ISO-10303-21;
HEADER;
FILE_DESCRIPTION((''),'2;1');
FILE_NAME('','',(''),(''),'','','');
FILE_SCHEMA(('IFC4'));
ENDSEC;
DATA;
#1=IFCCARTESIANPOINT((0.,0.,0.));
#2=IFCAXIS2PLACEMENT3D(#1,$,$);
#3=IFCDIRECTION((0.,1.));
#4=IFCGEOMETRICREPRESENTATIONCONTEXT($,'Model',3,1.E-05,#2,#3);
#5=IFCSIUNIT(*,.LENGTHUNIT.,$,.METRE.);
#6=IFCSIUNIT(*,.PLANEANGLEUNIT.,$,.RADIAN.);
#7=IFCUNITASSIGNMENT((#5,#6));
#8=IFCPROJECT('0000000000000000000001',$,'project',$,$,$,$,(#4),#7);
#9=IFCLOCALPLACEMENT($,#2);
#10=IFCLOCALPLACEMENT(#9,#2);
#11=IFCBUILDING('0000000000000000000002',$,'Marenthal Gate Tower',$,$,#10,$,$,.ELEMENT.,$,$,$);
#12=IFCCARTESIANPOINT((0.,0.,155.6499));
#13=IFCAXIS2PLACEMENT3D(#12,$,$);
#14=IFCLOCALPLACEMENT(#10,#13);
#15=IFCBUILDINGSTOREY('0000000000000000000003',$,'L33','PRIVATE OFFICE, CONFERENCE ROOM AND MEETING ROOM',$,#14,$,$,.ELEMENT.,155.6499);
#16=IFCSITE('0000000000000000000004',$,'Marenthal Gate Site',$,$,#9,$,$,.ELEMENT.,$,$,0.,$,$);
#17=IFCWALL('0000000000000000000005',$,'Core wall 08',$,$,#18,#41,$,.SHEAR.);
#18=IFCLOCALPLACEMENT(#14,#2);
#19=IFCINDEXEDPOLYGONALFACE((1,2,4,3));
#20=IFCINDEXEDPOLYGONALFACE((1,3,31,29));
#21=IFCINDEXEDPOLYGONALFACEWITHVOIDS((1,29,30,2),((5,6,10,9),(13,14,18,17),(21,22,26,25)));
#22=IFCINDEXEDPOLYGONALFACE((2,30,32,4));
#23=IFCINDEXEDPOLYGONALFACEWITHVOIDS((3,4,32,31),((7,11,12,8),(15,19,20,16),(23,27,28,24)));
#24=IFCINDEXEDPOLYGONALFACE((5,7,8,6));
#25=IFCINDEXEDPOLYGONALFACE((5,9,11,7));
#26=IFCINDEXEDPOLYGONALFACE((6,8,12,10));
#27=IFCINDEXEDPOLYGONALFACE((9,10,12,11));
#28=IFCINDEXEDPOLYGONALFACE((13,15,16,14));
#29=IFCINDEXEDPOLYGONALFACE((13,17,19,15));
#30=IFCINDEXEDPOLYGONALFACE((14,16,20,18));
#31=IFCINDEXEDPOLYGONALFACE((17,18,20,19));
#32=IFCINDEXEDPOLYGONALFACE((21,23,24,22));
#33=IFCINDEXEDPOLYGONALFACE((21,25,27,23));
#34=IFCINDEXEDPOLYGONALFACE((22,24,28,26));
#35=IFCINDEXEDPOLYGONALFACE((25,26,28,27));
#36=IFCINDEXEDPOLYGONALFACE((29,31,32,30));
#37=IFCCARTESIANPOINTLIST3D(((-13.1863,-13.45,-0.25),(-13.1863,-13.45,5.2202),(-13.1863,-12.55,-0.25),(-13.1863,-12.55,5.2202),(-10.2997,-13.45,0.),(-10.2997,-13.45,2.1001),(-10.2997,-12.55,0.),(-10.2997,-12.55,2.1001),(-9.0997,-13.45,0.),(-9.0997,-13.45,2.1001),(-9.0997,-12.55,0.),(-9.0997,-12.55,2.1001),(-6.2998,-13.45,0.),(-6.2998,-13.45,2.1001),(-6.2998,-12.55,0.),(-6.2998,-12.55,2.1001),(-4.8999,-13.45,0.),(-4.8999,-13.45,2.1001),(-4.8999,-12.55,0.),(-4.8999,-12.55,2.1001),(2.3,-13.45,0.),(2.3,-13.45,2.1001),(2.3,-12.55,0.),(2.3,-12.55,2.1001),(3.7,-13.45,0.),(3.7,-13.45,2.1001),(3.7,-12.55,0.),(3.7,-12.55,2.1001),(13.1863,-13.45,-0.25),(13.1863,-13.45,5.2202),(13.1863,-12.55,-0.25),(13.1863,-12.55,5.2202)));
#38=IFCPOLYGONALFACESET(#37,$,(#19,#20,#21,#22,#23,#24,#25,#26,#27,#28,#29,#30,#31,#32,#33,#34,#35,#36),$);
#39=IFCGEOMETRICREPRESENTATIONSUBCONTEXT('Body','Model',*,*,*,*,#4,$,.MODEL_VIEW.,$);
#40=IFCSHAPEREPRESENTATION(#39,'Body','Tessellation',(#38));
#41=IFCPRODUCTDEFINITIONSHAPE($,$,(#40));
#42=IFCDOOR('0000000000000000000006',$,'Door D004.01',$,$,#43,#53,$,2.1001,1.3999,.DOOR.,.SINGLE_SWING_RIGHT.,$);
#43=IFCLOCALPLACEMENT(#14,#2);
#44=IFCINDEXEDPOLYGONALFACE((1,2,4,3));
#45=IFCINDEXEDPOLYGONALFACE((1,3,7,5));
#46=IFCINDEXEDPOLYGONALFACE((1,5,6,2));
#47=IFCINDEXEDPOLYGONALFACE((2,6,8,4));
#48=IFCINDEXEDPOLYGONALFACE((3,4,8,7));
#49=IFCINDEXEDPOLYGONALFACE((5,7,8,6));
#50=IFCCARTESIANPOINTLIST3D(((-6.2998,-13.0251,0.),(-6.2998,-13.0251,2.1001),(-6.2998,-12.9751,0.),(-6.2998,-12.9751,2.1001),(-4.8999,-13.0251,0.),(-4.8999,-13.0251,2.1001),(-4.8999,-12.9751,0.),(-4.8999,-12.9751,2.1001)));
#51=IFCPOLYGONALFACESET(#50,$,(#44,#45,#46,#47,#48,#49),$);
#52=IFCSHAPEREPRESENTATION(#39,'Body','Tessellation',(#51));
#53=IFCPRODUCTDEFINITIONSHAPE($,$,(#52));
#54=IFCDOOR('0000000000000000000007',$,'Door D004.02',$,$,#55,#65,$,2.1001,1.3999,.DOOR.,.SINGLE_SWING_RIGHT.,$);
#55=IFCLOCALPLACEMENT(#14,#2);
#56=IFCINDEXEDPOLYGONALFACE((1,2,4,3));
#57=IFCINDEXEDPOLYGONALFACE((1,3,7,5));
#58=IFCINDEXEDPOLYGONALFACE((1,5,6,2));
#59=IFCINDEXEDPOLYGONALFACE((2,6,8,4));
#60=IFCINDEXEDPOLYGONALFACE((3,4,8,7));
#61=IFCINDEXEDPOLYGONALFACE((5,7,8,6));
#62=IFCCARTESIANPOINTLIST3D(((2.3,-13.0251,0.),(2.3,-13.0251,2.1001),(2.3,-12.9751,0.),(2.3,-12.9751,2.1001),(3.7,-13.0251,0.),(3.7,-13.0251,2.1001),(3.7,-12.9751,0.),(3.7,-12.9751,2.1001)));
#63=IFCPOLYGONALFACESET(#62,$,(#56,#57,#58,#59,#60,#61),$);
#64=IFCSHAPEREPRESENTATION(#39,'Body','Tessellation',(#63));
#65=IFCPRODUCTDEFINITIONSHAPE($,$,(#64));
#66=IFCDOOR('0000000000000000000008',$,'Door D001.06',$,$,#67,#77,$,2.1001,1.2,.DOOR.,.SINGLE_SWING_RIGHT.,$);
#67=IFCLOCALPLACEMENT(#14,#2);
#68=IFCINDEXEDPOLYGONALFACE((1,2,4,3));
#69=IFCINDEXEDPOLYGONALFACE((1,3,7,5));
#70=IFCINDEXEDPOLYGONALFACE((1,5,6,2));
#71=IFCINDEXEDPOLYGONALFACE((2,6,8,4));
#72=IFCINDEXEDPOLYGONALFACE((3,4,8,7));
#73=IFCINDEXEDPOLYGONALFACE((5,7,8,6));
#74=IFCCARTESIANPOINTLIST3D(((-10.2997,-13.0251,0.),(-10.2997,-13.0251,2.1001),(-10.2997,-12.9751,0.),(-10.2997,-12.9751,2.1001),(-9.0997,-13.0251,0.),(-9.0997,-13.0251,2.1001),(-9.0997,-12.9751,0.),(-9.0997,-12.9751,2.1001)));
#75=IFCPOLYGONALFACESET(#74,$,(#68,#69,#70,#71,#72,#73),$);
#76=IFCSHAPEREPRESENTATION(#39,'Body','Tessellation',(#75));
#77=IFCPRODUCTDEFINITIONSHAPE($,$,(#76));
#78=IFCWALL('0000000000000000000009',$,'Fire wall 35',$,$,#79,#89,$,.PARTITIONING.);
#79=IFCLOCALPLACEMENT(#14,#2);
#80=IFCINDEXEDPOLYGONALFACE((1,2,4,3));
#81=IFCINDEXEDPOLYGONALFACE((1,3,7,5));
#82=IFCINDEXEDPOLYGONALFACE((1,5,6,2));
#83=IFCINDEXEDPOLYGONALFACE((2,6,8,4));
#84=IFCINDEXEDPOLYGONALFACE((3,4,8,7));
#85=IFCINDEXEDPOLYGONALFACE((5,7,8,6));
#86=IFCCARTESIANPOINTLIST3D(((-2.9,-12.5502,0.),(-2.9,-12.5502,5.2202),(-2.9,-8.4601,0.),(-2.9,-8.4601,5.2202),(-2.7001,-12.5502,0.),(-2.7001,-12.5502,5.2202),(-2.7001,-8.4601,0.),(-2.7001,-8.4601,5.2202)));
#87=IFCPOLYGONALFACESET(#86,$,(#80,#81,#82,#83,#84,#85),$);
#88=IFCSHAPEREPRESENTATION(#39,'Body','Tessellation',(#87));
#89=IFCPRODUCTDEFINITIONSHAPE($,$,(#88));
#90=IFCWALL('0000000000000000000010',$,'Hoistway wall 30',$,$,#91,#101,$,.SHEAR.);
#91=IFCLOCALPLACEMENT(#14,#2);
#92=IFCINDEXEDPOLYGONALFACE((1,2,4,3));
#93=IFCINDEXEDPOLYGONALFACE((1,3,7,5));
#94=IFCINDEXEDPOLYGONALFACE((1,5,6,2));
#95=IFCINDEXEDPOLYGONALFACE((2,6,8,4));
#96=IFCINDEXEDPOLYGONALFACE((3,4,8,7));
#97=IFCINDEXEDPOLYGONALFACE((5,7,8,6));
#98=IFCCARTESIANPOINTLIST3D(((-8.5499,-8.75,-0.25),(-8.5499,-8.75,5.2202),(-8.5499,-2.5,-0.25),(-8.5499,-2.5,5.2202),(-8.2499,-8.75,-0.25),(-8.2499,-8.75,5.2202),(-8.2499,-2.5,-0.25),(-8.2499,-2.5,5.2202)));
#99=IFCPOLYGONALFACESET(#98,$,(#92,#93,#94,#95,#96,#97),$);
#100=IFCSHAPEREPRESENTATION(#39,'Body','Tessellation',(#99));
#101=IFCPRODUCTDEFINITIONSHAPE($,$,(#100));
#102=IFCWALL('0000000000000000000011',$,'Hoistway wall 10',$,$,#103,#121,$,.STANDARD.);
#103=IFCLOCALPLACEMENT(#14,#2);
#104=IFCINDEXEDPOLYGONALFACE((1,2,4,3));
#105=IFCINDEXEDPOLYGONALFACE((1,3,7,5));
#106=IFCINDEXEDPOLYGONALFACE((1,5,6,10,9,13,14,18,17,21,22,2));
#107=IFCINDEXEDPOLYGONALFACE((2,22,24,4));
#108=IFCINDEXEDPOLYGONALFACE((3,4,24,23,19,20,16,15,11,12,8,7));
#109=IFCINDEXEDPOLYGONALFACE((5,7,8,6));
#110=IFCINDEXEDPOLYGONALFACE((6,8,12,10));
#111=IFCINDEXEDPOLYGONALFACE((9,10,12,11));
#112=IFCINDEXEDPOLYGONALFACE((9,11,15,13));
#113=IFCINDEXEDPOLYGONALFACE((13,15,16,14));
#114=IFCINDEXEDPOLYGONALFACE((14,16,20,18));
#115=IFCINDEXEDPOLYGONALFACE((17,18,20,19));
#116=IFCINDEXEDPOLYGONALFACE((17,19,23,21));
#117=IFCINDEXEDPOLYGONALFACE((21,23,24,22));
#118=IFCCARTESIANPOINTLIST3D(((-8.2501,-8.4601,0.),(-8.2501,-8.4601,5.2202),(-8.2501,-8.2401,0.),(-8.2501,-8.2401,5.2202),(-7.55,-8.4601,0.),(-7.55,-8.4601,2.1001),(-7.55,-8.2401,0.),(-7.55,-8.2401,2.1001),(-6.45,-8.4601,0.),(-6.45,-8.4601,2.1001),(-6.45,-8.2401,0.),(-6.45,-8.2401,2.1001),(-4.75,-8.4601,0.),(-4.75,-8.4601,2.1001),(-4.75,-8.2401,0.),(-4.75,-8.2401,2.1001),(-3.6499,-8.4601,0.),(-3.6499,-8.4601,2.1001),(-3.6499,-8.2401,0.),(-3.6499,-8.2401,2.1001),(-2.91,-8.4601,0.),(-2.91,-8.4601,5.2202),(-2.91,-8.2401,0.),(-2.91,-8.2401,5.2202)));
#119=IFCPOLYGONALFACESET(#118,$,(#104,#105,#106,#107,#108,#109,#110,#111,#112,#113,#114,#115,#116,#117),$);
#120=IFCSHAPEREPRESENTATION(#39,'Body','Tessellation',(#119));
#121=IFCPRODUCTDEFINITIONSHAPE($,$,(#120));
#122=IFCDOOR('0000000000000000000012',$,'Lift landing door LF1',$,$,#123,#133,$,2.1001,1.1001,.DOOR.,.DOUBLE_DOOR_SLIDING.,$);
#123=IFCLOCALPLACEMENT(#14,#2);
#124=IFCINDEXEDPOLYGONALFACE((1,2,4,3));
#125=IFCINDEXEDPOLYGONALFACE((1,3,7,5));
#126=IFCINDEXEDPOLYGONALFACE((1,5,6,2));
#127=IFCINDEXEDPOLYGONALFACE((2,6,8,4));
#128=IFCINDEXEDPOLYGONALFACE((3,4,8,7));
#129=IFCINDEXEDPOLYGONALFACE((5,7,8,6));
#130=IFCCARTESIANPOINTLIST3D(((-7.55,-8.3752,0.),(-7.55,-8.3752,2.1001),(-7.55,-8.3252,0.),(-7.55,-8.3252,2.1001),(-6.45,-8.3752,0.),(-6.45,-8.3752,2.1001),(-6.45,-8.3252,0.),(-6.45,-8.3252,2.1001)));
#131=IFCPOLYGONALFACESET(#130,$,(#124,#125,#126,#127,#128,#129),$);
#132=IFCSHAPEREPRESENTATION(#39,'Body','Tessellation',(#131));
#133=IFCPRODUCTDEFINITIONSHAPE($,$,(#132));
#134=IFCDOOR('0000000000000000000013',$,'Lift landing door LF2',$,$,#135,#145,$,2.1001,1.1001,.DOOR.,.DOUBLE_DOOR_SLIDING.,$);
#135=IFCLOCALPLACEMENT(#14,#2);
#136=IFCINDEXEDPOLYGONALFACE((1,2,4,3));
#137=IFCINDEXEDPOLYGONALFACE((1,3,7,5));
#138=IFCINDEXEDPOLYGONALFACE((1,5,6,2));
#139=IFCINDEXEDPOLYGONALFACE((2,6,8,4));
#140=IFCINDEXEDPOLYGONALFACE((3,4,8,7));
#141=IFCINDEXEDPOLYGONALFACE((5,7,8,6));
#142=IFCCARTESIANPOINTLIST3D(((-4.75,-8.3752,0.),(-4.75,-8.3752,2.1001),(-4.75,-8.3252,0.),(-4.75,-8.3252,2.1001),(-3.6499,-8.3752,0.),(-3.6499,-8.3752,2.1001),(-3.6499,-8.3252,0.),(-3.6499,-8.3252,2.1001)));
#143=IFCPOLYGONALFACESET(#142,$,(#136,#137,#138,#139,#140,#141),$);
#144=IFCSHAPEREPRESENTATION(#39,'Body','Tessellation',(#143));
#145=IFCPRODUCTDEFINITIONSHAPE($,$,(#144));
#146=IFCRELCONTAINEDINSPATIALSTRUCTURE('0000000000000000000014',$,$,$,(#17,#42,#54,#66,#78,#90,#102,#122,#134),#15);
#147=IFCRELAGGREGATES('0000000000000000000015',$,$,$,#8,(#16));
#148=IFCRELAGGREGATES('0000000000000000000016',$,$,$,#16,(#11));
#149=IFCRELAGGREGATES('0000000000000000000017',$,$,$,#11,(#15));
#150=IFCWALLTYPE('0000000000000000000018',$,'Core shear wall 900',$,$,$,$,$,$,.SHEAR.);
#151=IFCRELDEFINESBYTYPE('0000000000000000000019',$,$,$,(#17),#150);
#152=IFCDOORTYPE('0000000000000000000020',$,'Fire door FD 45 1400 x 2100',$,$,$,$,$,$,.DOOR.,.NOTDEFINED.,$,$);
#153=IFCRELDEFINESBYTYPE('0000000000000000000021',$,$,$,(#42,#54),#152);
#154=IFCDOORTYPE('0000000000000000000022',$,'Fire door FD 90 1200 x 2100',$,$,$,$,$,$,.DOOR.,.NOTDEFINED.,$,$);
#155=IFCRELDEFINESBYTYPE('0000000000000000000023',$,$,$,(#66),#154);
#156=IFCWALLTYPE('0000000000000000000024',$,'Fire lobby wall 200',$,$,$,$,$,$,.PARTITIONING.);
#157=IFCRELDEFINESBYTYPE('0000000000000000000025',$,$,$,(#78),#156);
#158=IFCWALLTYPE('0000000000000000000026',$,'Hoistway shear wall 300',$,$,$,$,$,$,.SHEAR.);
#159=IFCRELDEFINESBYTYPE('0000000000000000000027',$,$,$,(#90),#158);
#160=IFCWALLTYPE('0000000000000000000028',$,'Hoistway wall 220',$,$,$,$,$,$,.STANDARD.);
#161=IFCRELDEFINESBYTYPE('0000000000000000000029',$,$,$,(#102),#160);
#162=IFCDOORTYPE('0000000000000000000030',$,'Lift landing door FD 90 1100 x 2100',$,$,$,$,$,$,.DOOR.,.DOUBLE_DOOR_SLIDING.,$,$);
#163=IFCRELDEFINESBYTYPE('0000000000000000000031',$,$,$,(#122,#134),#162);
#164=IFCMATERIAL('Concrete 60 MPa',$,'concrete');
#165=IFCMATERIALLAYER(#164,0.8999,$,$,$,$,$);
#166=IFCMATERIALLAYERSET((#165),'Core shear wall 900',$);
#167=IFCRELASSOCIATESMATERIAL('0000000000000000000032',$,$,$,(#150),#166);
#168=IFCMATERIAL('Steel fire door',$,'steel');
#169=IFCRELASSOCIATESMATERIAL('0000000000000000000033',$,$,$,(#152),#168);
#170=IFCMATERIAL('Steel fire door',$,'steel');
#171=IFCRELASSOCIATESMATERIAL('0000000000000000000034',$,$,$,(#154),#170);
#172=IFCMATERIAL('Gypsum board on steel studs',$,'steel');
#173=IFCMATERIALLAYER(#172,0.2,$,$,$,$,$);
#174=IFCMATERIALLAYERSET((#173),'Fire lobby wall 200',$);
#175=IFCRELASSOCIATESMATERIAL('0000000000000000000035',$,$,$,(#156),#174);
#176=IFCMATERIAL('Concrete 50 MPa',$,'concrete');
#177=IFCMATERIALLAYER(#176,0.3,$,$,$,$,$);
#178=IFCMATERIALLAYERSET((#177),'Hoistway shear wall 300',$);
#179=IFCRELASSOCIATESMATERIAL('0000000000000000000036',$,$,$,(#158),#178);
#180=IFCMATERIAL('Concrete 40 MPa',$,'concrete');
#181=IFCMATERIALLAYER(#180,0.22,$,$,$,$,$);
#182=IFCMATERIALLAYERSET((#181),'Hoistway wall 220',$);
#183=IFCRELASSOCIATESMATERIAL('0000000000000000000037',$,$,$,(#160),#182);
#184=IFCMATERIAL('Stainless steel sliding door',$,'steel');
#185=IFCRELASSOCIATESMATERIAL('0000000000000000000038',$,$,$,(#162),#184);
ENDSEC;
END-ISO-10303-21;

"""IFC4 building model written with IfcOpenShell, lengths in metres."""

from ifc_helpers import new_model, si_unit, direction, frame, frame_2d, origin, place, context, subcontext, project, spatial, rectangle, extrude, material, layer, layer_set, type_object, element, fill, save


model = new_model("IFC4")

# Units and contexts
model_context = context("Model", 3, precision=1e-05, world=origin(), true_north=direction((0.0, 1.0)))
body_context = subcontext(model_context, "Body", "Model", "MODEL_VIEW")
ifc_project = project(units=[si_unit("LENGTHUNIT", "METRE"), si_unit("PLANEANGLEUNIT", "RADIAN")], contexts=[model_context])

# Site, building, storey
site_placement = place(None, origin())
site = spatial("IfcSite", under=ifc_project, at=site_placement, Name="Marenthal Gate Site", CompositionType="ELEMENT", RefElevation=0.0)
building_placement = place(site_placement, origin())
building = spatial("IfcBuilding", under=site, at=building_placement, Name="Marenthal Gate Tower", CompositionType="ELEMENT")
storey_placement = place(building_placement, frame((0.0, 0.0, 155.6499)))
storey = spatial("IfcBuildingStorey", under=building, at=storey_placement, Name="L33", Description="PRIVATE OFFICE, CONFERENCE ROOM AND MEETING ROOM", CompositionType="ELEMENT", Elevation=155.6499)

# Wall, openings, doors
ifc_material_1 = material(Name="Concrete 60 MPa", Category="concrete")
ifc_layer_1 = layer(ifc_material_1, 0.8999)
ifc_layer_set_1 = layer_set([ifc_layer_1], Name="Core shear wall 900")
wall_type_1 = type_object("IfcWallType", Name="Core shear wall 900", PredefinedType="SHEAR", material=ifc_layer_set_1)
wall_1_placement = place(storey_placement, frame((-13.1863, -13.0, -0.25), z_axis=(0.0, 0.0, 1.0), x_axis=(1.0, 0.0, 0.0)))
wall_1 = element("IfcWall", 1, at=wall_1_placement, inside=storey, type_object=wall_type_1, Name="Core wall 08", PredefinedType="SHEAR", context=body_context, shape_type="SweptSolid", body=[
    extrude(rectangle(XDim=26.3726, YDim=0.8999, at=frame_2d((13.1863, 0.0))), origin(), (0.0, 0.0, 1.0), 5.4702),
])
opening_1_placement = place(wall_1_placement, frame((2.8865, 0.0, 0.25)))
opening_1 = element("IfcOpeningElement", 2, at=opening_1_placement, cuts=wall_1, PredefinedType="OPENING", context=body_context, shape_type="SweptSolid", body=[
    extrude(rectangle(XDim=1.2, YDim=2.1001, at=frame_2d((0.6001, 1.05))), frame((0.0, 0.46, 0.0), z_axis=(0.0, -1.0, 0.0), x_axis=(1.0, 0.0, 0.0)), (0.0, 0.0, 1.0), 0.9199),
])
opening_2_placement = place(wall_1_placement, frame((6.8865, 0.0, 0.25)))
opening_2 = element("IfcOpeningElement", 3, at=opening_2_placement, cuts=wall_1, PredefinedType="OPENING", context=body_context, shape_type="SweptSolid", body=[
    extrude(rectangle(XDim=1.3999, YDim=2.1001, at=frame_2d((0.7, 1.05))), frame((0.0, 0.46, 0.0), z_axis=(0.0, -1.0, 0.0), x_axis=(1.0, 0.0, 0.0)), (0.0, 0.0, 1.0), 0.9199),
])
opening_3_placement = place(wall_1_placement, frame((15.4863, 0.0, 0.25)))
opening_3 = element("IfcOpeningElement", 4, at=opening_3_placement, cuts=wall_1, PredefinedType="OPENING", context=body_context, shape_type="SweptSolid", body=[
    extrude(rectangle(XDim=1.3999, YDim=2.1001, at=frame_2d((0.7, 1.05))), frame((0.0, 0.46, 0.0), z_axis=(0.0, -1.0, 0.0), x_axis=(1.0, 0.0, 0.0)), (0.0, 0.0, 1.0), 0.9199),
])
ifc_material_2 = material(Name="Steel fire door", Category="steel")
door_type_1 = type_object("IfcDoorType", Name="Fire door FD 45 1400 x 2100", OperationType="NOTDEFINED", PredefinedType="DOOR", material=ifc_material_2)
door_1_placement = place(opening_2_placement, origin())
door_1 = element("IfcDoor", 5, at=door_1_placement, inside=storey, type_object=door_type_1, Name="Door D004.01", OperationType="SINGLE_SWING_RIGHT", OverallHeight=2.1001, OverallWidth=1.3999, PredefinedType="DOOR", context=body_context, shape_type="SweptSolid", body=[
    extrude(rectangle(XDim=1.3999, YDim=2.1001, at=frame_2d((0.7, 1.05))), frame((0.0, 0.0249, 0.0), z_axis=(0.0, -1.0, 0.0), x_axis=(1.0, 0.0, 0.0)), (0.0, 0.0, 1.0), 0.05),
])
fill(opening_2, door_1)
door_2_placement = place(opening_3_placement, origin())
door_2 = element("IfcDoor", 6, at=door_2_placement, inside=storey, type_object=door_type_1, Name="Door D004.02", OperationType="SINGLE_SWING_RIGHT", OverallHeight=2.1001, OverallWidth=1.3999, PredefinedType="DOOR", context=body_context, shape_type="SweptSolid", body=[
    extrude(rectangle(XDim=1.3999, YDim=2.1001, at=frame_2d((0.7, 1.05))), frame((0.0, 0.0249, 0.0), z_axis=(0.0, -1.0, 0.0), x_axis=(1.0, 0.0, 0.0)), (0.0, 0.0, 1.0), 0.05),
])
fill(opening_3, door_2)
ifc_material_3 = material(Name="Steel fire door", Category="steel")
door_type_2 = type_object("IfcDoorType", Name="Fire door FD 90 1200 x 2100", OperationType="NOTDEFINED", PredefinedType="DOOR", material=ifc_material_3)
door_3_placement = place(opening_1_placement, origin())
door_3 = element("IfcDoor", 7, at=door_3_placement, inside=storey, type_object=door_type_2, Name="Door D001.06", OperationType="SINGLE_SWING_RIGHT", OverallHeight=2.1001, OverallWidth=1.2, PredefinedType="DOOR", context=body_context, shape_type="SweptSolid", body=[
    extrude(rectangle(XDim=1.2, YDim=2.1001, at=frame_2d((0.6001, 1.05))), frame((0.0, 0.0249, 0.0), z_axis=(0.0, -1.0, 0.0), x_axis=(1.0, 0.0, 0.0)), (0.0, 0.0, 1.0), 0.05),
])
fill(opening_1, door_3)

# Walls
ifc_material_4 = material(Name="Gypsum board on steel studs", Category="steel")
ifc_layer_2 = layer(ifc_material_4, 0.2)
ifc_layer_set_2 = layer_set([ifc_layer_2], Name="Fire lobby wall 200")
wall_type_2 = type_object("IfcWallType", Name="Fire lobby wall 200", PredefinedType="PARTITIONING", material=ifc_layer_set_2)
wall_2_placement = place(storey_placement, frame((-2.8, -12.55, 0.0), z_axis=(0.0, 0.0, 1.0), x_axis=(0.0, 1.0, 0.0)))
element("IfcWall", 8, at=wall_2_placement, inside=storey, type_object=wall_type_2, Name="Fire wall 35", PredefinedType="PARTITIONING", context=body_context, shape_type="SweptSolid", body=[
    extrude(rectangle(XDim=4.0901, YDim=0.2, at=frame_2d((2.0449, 0.0))), origin(), (0.0, 0.0, 1.0), 5.2202),
])
ifc_material_5 = material(Name="Concrete 50 MPa", Category="concrete")
ifc_layer_3 = layer(ifc_material_5, 0.3)
ifc_layer_set_3 = layer_set([ifc_layer_3], Name="Hoistway shear wall 300")
wall_type_3 = type_object("IfcWallType", Name="Hoistway shear wall 300", PredefinedType="SHEAR", material=ifc_layer_set_3)
wall_3_placement = place(storey_placement, frame((-8.3999, -8.75, -0.25), z_axis=(0.0, 0.0, 1.0), x_axis=(0.0, 1.0, 0.0)))
element("IfcWall", 9, at=wall_3_placement, inside=storey, type_object=wall_type_3, Name="Hoistway wall 30", PredefinedType="SHEAR", context=body_context, shape_type="SweptSolid", body=[
    extrude(rectangle(XDim=6.25, YDim=0.3, at=frame_2d((3.125, 0.0))), origin(), (0.0, 0.0, 1.0), 5.4702),
])

# Wall, openings, doors
ifc_material_6 = material(Name="Concrete 40 MPa", Category="concrete")
ifc_layer_4 = layer(ifc_material_6, 0.22)
ifc_layer_set_4 = layer_set([ifc_layer_4], Name="Hoistway wall 220")
wall_type_4 = type_object("IfcWallType", Name="Hoistway wall 220", PredefinedType="STANDARD", material=ifc_layer_set_4)
wall_4_placement = place(storey_placement, frame((-8.25, -8.3501, 0.0), z_axis=(0.0, 0.0, 1.0), x_axis=(1.0, 0.0, 0.0)))
wall_4 = element("IfcWall", 10, at=wall_4_placement, inside=storey, type_object=wall_type_4, Name="Hoistway wall 10", PredefinedType="STANDARD", context=body_context, shape_type="SweptSolid", body=[
    extrude(rectangle(XDim=5.3401, YDim=0.22, at=frame_2d((2.6699, 0.0))), origin(), (0.0, 0.0, 1.0), 5.2202),
])
opening_4_placement = place(wall_4_placement, frame((0.7, 0.0, 0.0)))
opening_4 = element("IfcOpeningElement", 11, at=opening_4_placement, cuts=wall_4, PredefinedType="OPENING", context=body_context, shape_type="SweptSolid", body=[
    extrude(rectangle(XDim=1.1001, YDim=2.1001, at=frame_2d((0.55, 1.05))), frame((0.0, 0.1201, 0.0), z_axis=(0.0, -1.0, 0.0), x_axis=(1.0, 0.0, 0.0)), (0.0, 0.0, 1.0), 0.24),
])
opening_5_placement = place(wall_4_placement, frame((3.5, 0.0, 0.0)))
opening_5 = element("IfcOpeningElement", 12, at=opening_5_placement, cuts=wall_4, PredefinedType="OPENING", context=body_context, shape_type="SweptSolid", body=[
    extrude(rectangle(XDim=1.1001, YDim=2.1001, at=frame_2d((0.55, 1.05))), frame((0.0, 0.1201, 0.0), z_axis=(0.0, -1.0, 0.0), x_axis=(1.0, 0.0, 0.0)), (0.0, 0.0, 1.0), 0.24),
])
ifc_material_7 = material(Name="Stainless steel sliding door", Category="steel")
door_type_3 = type_object("IfcDoorType", Name="Lift landing door FD 90 1100 x 2100", OperationType="DOUBLE_DOOR_SLIDING", PredefinedType="DOOR", material=ifc_material_7)
door_4_placement = place(opening_4_placement, origin())
door_4 = element("IfcDoor", 13, at=door_4_placement, inside=storey, type_object=door_type_3, Name="Lift landing door LF1", OperationType="DOUBLE_DOOR_SLIDING", OverallHeight=2.1001, OverallWidth=1.1001, PredefinedType="DOOR", context=body_context, shape_type="SweptSolid", body=[
    extrude(rectangle(XDim=1.1001, YDim=2.1001, at=frame_2d((0.55, 1.05))), frame((0.0, 0.0249, 0.0), z_axis=(0.0, -1.0, 0.0), x_axis=(1.0, 0.0, 0.0)), (0.0, 0.0, 1.0), 0.05),
])
fill(opening_4, door_4)
door_5_placement = place(opening_5_placement, origin())
door_5 = element("IfcDoor", 14, at=door_5_placement, inside=storey, type_object=door_type_3, Name="Lift landing door LF2", OperationType="DOUBLE_DOOR_SLIDING", OverallHeight=2.1001, OverallWidth=1.1001, PredefinedType="DOOR", context=body_context, shape_type="SweptSolid", body=[
    extrude(rectangle(XDim=1.1001, YDim=2.1001, at=frame_2d((0.55, 1.05))), frame((0.0, 0.0249, 0.0), z_axis=(0.0, -1.0, 0.0), x_axis=(1.0, 0.0, 0.0)), (0.0, 0.0, 1.0), 0.05),
])
fill(opening_5, door_5)

save(model, "model.ifc")
